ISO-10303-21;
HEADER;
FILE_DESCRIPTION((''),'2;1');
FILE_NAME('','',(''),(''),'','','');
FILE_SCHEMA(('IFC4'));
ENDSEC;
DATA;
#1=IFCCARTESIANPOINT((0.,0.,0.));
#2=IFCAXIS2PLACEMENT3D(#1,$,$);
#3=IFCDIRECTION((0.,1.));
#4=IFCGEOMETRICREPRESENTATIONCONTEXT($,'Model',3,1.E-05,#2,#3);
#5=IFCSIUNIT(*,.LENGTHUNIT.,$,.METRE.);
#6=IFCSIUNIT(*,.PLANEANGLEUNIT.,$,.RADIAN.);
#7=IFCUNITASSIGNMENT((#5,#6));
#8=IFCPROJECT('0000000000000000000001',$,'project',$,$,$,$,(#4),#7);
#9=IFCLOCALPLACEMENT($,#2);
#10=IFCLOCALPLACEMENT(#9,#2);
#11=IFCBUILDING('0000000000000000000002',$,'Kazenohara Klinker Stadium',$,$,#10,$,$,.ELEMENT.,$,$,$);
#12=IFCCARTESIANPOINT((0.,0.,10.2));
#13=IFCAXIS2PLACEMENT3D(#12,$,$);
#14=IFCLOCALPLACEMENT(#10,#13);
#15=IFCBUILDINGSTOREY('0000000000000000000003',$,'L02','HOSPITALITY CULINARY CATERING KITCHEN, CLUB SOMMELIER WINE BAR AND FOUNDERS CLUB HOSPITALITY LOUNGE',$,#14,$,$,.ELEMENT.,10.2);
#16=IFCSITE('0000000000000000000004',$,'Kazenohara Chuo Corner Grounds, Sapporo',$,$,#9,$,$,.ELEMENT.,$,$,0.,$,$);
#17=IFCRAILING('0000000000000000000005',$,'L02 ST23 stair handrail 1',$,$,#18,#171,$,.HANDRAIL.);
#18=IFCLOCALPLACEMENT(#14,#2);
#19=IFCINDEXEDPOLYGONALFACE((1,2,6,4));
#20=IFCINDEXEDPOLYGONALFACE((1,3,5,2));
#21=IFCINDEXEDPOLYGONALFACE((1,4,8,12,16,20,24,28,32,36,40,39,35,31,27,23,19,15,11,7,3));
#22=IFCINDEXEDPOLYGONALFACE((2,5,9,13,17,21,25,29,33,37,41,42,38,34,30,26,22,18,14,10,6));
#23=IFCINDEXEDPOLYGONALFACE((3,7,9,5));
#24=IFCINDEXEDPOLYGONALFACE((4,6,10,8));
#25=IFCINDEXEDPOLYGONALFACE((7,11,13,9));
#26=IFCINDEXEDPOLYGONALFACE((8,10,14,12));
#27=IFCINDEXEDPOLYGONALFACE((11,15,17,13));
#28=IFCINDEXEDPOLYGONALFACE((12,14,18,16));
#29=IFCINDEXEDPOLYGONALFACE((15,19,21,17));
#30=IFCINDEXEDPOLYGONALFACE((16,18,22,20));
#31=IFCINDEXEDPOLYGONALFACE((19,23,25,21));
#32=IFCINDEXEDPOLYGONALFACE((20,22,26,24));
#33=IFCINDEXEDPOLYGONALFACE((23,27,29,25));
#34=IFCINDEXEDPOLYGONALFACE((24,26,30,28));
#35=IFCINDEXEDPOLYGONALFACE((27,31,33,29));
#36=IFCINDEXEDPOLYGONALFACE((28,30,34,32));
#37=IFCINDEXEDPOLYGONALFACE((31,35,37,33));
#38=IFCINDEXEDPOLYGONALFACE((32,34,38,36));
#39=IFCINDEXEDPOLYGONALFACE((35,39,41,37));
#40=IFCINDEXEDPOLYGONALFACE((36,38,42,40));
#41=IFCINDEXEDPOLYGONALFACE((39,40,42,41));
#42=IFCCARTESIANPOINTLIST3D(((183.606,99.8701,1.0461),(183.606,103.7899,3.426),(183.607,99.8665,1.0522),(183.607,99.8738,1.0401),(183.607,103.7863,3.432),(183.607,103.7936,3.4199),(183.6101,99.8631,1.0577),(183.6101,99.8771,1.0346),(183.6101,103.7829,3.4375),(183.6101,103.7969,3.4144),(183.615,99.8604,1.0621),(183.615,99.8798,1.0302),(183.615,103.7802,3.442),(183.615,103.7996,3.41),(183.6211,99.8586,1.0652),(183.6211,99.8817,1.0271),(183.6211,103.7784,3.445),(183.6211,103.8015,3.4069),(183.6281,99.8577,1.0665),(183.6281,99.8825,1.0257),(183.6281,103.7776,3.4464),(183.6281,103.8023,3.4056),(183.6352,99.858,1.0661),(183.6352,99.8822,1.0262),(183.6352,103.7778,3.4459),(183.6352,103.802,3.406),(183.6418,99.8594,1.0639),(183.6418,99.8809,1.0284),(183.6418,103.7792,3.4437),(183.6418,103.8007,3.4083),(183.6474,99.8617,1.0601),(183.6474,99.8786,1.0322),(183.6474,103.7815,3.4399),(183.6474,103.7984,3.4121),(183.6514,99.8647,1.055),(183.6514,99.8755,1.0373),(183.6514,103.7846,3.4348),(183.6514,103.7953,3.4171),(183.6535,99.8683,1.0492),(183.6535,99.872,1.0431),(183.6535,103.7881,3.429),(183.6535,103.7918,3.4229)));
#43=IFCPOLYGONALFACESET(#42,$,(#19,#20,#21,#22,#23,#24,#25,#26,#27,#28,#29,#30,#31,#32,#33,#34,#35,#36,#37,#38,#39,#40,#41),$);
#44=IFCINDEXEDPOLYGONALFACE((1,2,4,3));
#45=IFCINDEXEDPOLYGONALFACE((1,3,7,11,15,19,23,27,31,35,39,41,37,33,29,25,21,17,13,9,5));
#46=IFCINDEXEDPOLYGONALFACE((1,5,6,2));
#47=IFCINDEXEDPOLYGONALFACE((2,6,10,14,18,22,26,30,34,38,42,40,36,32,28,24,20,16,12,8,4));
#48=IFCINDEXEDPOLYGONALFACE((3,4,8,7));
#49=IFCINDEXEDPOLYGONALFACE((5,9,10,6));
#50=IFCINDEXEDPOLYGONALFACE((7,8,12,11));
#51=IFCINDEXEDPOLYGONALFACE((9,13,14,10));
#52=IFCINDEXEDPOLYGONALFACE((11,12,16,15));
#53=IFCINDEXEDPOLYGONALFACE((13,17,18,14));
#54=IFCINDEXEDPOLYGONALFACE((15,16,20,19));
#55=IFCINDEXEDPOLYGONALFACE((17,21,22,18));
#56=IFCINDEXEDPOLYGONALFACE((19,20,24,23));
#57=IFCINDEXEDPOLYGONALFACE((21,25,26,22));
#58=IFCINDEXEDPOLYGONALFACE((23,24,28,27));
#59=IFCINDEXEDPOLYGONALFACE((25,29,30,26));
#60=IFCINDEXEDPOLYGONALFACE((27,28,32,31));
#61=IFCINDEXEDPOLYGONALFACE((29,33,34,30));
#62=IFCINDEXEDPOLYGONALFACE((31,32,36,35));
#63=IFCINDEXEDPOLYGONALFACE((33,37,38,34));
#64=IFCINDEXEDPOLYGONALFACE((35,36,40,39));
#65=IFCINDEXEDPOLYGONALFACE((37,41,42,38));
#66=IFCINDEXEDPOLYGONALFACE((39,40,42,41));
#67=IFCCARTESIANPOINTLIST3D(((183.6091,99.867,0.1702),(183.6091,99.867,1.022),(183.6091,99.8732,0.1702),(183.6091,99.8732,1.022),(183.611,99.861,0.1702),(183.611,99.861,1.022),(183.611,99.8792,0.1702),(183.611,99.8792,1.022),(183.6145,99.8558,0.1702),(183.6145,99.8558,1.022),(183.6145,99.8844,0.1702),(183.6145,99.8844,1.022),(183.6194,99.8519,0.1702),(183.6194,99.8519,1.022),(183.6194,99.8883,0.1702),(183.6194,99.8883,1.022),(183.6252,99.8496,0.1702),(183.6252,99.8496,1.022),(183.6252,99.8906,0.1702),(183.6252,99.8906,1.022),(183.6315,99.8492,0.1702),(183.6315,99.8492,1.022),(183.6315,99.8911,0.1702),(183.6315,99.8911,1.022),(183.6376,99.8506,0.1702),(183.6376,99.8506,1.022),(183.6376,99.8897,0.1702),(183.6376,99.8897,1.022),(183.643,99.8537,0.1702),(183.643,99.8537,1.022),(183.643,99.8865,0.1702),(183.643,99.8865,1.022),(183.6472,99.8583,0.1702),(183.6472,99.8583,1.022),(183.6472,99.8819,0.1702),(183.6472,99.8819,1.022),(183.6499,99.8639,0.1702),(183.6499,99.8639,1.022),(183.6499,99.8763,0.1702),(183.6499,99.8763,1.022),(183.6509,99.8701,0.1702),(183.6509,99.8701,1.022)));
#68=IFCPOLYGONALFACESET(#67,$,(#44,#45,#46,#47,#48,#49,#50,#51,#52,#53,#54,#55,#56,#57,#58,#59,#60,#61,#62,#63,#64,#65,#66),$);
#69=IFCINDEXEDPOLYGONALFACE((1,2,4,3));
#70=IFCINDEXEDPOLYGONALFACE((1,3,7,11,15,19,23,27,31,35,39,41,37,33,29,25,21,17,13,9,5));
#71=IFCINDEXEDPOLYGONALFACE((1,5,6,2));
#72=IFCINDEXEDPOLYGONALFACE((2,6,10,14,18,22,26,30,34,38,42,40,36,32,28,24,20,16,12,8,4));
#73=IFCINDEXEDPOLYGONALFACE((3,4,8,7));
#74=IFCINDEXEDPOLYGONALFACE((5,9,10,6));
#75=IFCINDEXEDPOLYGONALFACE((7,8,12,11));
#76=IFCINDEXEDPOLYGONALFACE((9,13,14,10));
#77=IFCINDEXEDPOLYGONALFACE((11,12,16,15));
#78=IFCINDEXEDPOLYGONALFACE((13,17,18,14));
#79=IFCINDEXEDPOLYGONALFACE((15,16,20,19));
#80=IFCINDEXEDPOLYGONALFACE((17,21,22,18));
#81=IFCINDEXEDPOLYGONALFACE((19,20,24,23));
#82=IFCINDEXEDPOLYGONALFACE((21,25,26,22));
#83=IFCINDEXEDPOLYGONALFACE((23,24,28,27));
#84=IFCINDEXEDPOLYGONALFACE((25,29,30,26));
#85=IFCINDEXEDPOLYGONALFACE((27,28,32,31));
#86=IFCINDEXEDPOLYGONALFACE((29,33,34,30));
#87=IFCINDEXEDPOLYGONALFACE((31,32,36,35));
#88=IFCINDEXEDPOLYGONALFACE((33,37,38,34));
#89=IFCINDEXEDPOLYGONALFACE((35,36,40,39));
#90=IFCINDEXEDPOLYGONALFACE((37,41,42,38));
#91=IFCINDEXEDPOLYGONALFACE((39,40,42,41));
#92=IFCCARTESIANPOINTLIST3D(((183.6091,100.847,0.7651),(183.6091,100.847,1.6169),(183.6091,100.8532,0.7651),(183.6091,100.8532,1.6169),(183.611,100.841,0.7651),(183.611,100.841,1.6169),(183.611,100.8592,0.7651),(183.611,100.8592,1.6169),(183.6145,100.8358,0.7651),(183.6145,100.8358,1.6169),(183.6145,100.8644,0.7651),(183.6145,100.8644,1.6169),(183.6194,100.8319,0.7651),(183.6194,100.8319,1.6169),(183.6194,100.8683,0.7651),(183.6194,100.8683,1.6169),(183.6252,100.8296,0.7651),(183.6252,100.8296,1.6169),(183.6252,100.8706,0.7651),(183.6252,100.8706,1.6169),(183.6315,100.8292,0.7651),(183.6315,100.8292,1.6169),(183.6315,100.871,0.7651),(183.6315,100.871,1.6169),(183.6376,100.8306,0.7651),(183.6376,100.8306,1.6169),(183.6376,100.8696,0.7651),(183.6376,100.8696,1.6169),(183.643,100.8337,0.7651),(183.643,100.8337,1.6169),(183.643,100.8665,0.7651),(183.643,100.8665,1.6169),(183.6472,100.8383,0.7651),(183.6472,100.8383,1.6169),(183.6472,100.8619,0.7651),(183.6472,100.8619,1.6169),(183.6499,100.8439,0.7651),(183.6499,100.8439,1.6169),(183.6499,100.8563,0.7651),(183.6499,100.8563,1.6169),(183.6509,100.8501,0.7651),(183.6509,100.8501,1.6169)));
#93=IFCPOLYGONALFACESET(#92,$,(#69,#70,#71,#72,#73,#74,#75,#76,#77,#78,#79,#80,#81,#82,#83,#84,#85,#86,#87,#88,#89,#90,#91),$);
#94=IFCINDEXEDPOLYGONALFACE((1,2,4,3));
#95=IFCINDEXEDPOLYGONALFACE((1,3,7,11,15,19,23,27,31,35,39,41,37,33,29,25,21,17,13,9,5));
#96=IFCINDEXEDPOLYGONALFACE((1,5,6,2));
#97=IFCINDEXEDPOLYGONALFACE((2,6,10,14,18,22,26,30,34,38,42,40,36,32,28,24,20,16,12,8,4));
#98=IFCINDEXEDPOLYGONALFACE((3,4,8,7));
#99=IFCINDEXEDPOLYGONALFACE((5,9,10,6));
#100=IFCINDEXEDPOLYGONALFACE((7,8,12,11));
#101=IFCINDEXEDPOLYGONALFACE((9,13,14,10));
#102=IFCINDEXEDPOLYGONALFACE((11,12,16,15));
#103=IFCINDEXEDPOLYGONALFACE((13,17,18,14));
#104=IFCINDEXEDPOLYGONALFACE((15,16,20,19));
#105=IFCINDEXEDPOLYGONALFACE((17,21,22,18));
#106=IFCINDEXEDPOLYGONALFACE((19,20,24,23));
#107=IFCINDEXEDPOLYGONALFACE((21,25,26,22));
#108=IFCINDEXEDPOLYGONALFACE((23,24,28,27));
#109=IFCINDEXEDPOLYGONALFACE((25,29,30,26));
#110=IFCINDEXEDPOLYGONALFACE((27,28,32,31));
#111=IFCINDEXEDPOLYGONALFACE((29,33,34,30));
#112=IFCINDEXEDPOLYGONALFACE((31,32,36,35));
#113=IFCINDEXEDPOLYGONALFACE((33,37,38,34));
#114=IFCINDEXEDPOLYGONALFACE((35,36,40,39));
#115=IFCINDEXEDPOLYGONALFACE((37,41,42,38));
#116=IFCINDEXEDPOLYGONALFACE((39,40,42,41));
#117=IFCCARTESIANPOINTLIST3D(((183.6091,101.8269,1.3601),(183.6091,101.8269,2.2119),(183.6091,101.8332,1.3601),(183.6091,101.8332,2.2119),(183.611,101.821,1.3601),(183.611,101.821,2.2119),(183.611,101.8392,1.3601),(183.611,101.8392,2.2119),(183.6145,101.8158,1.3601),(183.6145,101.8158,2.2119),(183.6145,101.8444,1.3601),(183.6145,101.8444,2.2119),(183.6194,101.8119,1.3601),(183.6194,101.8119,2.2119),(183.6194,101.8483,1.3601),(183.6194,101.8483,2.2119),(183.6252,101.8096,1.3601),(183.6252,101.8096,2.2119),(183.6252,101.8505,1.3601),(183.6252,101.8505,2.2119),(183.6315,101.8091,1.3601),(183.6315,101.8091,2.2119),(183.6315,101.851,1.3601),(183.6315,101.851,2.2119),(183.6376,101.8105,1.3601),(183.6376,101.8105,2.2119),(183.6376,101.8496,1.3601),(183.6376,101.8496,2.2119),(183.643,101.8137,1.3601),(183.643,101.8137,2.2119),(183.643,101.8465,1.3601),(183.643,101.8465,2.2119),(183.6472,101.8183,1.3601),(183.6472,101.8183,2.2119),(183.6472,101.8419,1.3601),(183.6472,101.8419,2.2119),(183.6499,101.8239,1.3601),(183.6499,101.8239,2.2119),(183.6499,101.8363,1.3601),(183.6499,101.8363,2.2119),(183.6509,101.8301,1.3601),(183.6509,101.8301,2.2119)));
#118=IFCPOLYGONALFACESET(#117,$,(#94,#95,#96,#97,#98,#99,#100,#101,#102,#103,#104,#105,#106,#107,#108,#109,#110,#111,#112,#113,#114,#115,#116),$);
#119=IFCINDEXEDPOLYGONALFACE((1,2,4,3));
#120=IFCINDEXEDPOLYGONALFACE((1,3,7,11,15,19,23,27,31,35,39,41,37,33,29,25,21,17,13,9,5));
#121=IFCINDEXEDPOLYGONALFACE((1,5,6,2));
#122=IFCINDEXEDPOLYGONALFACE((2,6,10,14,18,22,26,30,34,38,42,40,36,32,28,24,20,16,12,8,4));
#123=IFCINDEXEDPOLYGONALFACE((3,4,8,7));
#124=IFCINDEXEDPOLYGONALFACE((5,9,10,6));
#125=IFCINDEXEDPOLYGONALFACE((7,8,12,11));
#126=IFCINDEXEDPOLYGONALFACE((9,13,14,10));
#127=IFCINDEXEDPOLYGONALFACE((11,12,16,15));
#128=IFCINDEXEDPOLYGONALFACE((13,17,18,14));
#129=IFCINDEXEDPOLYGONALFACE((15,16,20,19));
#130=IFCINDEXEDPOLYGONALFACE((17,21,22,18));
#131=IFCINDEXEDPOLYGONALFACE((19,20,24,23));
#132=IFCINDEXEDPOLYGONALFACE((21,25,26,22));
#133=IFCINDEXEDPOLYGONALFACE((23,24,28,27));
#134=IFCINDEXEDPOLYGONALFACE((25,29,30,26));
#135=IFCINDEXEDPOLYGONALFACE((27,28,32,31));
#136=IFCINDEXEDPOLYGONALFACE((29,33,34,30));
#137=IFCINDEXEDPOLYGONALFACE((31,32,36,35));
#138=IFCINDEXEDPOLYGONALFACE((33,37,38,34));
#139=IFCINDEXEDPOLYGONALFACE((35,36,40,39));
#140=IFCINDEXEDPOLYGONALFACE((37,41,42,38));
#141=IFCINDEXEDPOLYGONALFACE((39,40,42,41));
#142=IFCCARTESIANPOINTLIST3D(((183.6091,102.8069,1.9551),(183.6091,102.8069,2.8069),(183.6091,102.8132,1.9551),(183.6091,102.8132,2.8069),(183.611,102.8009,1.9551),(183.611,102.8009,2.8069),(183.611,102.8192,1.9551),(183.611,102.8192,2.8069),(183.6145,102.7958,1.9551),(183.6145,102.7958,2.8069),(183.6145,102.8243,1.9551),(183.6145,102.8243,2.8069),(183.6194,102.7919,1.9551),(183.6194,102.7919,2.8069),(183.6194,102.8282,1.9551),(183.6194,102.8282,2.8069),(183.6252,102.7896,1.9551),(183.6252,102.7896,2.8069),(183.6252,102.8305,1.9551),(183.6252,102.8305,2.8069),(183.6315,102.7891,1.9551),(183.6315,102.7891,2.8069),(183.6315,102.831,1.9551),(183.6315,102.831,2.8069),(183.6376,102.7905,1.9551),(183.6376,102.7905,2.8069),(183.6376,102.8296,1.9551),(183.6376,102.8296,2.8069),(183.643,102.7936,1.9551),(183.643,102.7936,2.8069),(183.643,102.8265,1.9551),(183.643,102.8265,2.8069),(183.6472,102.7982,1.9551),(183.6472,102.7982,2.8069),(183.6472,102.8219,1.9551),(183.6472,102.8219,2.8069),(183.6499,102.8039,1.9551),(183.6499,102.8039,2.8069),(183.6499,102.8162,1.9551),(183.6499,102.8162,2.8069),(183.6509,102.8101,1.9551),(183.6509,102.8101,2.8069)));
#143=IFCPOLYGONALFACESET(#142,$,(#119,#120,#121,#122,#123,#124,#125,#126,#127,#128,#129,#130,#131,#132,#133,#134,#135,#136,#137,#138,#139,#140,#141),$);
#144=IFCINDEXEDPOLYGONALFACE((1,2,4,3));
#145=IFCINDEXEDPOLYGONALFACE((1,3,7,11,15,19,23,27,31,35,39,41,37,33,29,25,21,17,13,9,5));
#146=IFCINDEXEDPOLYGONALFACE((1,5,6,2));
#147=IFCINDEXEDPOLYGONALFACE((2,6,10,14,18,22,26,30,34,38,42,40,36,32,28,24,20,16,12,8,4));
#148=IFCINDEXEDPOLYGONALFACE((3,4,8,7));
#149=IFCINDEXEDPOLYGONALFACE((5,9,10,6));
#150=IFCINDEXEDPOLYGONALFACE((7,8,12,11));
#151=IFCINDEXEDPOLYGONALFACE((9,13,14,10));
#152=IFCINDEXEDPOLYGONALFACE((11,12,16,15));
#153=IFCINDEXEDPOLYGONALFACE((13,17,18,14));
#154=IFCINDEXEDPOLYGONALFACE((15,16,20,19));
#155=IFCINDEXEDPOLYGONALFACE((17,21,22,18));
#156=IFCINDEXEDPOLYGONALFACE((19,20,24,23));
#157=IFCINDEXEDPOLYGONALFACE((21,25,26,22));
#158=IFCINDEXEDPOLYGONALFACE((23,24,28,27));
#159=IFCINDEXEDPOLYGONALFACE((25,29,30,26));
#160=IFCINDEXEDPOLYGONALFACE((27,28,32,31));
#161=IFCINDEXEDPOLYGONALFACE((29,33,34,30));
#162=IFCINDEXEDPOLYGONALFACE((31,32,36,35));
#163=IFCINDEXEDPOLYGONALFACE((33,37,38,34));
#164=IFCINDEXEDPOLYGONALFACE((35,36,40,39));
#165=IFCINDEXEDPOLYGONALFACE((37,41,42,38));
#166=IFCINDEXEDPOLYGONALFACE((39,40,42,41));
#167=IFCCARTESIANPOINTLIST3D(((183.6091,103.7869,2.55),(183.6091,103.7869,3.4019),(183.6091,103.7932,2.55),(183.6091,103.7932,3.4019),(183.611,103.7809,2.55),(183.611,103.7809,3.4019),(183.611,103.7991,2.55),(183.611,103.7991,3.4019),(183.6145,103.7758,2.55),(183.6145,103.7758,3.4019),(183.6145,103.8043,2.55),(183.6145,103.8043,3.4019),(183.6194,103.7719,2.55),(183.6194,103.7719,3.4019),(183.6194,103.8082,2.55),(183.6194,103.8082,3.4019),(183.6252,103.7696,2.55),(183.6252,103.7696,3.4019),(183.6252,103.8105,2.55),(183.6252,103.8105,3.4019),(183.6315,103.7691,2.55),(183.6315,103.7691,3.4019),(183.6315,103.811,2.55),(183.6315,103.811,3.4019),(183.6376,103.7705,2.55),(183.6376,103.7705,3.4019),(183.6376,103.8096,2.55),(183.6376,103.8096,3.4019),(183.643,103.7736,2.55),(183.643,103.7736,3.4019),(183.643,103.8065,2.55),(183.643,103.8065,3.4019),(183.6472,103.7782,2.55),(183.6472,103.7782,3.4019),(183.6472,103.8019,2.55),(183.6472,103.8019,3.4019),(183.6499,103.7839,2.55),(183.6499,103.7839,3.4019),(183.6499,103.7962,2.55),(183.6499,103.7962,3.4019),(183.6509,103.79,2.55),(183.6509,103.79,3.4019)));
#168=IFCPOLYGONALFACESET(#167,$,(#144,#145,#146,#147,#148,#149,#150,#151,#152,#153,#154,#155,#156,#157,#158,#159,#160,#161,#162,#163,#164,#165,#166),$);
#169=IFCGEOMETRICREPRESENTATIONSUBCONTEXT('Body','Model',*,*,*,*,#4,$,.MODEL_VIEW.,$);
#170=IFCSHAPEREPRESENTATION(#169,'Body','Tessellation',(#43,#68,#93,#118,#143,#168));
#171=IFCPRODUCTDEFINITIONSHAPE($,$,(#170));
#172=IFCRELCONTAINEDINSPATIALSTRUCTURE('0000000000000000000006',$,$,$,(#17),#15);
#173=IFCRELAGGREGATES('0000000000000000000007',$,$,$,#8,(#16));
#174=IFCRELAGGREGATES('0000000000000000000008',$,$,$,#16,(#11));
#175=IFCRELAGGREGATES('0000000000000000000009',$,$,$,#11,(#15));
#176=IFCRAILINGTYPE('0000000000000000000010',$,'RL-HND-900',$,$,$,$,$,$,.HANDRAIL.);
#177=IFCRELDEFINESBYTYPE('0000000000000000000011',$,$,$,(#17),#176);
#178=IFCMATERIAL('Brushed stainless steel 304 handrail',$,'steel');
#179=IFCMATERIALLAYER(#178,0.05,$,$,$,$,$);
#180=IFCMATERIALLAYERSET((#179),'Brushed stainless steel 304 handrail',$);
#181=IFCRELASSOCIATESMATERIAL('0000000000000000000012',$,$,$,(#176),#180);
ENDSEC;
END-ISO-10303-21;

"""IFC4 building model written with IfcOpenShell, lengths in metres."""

from ifc_helpers import new_model, si_unit, direction, frame, origin, origin_2d, place, context, subcontext, project, spatial, circle, extrude, material, layer, layer_set, type_object, element, save


model = new_model("IFC4")

# Units and contexts
model_context = context("Model", 3, precision=1e-05, world=origin(), true_north=direction((0.0, 1.0)))
body_context = subcontext(model_context, "Body", "Model", "MODEL_VIEW")
ifc_project = project(units=[si_unit("LENGTHUNIT", "METRE"), si_unit("PLANEANGLEUNIT", "RADIAN")], contexts=[model_context])

# Site, building, storey
site_placement = place(None, origin())
site = spatial("IfcSite", under=ifc_project, at=site_placement, Name="Kazenohara Chuo Corner Grounds, Sapporo", CompositionType="ELEMENT", RefElevation=0.0)
building_placement = place(site_placement, origin())
building = spatial("IfcBuilding", under=site, at=building_placement, Name="Kazenohara Klinker Stadium", CompositionType="ELEMENT")
storey_placement = place(building_placement, frame((0.0, 0.0, 10.2)))
storey = spatial("IfcBuildingStorey", under=building, at=storey_placement, Name="L02", Description="HOSPITALITY CULINARY CATERING KITCHEN, CLUB SOMMELIER WINE BAR AND FOUNDERS CLUB HOSPITALITY LOUNGE", CompositionType="ELEMENT", Elevation=10.2)

# Railing
ifc_material_1 = material(Name="Brushed stainless steel 304 handrail", Category="steel")
ifc_layer_1 = layer(ifc_material_1, 0.05)
ifc_layer_set_1 = layer_set([ifc_layer_1], Name="Brushed stainless steel 304 handrail")
railing_type_1 = type_object("IfcRailingType", Name="RL-HND-900", PredefinedType="HANDRAIL", material=ifc_layer_set_1)
railing_1_placement = place(storey_placement, frame((183.6299, 99.8701, 0.1702)))
element("IfcRailing", 1, at=railing_1_placement, inside=storey, type_object=railing_type_1, Name="L02 ST23 stair handrail 1", PredefinedType="HANDRAIL", context=body_context, shape_type="SweptSolid", body=[
    extrude(circle(Radius=0.0239, at=origin_2d()), frame((0.0, 0.0, 0.876), z_axis=(0.0, 0.854794, 0.518967), x_axis=(-1.0, 0.0, 0.0)), (0.0, 0.0, 1.0), 4.5857),
    extrude(circle(Radius=0.021, at=origin_2d()), origin(), (0.0, 0.0, 1.0), 0.8518),
    extrude(circle(Radius=0.021, at=origin_2d()), frame((0.0, 0.98, 0.595)), (0.0, 0.0, 1.0), 0.8518),
    extrude(circle(Radius=0.021, at=origin_2d()), frame((0.0, 1.96, 1.1899)), (0.0, 0.0, 1.0), 0.8518),
    extrude(circle(Radius=0.021, at=origin_2d()), frame((0.0, 2.9399, 1.7849)), (0.0, 0.0, 1.0), 0.8518),
    extrude(circle(Radius=0.021, at=origin_2d()), frame((0.0, 3.9199, 2.3799)), (0.0, 0.0, 1.0), 0.8518),
])

save(model, "model.ifc")
